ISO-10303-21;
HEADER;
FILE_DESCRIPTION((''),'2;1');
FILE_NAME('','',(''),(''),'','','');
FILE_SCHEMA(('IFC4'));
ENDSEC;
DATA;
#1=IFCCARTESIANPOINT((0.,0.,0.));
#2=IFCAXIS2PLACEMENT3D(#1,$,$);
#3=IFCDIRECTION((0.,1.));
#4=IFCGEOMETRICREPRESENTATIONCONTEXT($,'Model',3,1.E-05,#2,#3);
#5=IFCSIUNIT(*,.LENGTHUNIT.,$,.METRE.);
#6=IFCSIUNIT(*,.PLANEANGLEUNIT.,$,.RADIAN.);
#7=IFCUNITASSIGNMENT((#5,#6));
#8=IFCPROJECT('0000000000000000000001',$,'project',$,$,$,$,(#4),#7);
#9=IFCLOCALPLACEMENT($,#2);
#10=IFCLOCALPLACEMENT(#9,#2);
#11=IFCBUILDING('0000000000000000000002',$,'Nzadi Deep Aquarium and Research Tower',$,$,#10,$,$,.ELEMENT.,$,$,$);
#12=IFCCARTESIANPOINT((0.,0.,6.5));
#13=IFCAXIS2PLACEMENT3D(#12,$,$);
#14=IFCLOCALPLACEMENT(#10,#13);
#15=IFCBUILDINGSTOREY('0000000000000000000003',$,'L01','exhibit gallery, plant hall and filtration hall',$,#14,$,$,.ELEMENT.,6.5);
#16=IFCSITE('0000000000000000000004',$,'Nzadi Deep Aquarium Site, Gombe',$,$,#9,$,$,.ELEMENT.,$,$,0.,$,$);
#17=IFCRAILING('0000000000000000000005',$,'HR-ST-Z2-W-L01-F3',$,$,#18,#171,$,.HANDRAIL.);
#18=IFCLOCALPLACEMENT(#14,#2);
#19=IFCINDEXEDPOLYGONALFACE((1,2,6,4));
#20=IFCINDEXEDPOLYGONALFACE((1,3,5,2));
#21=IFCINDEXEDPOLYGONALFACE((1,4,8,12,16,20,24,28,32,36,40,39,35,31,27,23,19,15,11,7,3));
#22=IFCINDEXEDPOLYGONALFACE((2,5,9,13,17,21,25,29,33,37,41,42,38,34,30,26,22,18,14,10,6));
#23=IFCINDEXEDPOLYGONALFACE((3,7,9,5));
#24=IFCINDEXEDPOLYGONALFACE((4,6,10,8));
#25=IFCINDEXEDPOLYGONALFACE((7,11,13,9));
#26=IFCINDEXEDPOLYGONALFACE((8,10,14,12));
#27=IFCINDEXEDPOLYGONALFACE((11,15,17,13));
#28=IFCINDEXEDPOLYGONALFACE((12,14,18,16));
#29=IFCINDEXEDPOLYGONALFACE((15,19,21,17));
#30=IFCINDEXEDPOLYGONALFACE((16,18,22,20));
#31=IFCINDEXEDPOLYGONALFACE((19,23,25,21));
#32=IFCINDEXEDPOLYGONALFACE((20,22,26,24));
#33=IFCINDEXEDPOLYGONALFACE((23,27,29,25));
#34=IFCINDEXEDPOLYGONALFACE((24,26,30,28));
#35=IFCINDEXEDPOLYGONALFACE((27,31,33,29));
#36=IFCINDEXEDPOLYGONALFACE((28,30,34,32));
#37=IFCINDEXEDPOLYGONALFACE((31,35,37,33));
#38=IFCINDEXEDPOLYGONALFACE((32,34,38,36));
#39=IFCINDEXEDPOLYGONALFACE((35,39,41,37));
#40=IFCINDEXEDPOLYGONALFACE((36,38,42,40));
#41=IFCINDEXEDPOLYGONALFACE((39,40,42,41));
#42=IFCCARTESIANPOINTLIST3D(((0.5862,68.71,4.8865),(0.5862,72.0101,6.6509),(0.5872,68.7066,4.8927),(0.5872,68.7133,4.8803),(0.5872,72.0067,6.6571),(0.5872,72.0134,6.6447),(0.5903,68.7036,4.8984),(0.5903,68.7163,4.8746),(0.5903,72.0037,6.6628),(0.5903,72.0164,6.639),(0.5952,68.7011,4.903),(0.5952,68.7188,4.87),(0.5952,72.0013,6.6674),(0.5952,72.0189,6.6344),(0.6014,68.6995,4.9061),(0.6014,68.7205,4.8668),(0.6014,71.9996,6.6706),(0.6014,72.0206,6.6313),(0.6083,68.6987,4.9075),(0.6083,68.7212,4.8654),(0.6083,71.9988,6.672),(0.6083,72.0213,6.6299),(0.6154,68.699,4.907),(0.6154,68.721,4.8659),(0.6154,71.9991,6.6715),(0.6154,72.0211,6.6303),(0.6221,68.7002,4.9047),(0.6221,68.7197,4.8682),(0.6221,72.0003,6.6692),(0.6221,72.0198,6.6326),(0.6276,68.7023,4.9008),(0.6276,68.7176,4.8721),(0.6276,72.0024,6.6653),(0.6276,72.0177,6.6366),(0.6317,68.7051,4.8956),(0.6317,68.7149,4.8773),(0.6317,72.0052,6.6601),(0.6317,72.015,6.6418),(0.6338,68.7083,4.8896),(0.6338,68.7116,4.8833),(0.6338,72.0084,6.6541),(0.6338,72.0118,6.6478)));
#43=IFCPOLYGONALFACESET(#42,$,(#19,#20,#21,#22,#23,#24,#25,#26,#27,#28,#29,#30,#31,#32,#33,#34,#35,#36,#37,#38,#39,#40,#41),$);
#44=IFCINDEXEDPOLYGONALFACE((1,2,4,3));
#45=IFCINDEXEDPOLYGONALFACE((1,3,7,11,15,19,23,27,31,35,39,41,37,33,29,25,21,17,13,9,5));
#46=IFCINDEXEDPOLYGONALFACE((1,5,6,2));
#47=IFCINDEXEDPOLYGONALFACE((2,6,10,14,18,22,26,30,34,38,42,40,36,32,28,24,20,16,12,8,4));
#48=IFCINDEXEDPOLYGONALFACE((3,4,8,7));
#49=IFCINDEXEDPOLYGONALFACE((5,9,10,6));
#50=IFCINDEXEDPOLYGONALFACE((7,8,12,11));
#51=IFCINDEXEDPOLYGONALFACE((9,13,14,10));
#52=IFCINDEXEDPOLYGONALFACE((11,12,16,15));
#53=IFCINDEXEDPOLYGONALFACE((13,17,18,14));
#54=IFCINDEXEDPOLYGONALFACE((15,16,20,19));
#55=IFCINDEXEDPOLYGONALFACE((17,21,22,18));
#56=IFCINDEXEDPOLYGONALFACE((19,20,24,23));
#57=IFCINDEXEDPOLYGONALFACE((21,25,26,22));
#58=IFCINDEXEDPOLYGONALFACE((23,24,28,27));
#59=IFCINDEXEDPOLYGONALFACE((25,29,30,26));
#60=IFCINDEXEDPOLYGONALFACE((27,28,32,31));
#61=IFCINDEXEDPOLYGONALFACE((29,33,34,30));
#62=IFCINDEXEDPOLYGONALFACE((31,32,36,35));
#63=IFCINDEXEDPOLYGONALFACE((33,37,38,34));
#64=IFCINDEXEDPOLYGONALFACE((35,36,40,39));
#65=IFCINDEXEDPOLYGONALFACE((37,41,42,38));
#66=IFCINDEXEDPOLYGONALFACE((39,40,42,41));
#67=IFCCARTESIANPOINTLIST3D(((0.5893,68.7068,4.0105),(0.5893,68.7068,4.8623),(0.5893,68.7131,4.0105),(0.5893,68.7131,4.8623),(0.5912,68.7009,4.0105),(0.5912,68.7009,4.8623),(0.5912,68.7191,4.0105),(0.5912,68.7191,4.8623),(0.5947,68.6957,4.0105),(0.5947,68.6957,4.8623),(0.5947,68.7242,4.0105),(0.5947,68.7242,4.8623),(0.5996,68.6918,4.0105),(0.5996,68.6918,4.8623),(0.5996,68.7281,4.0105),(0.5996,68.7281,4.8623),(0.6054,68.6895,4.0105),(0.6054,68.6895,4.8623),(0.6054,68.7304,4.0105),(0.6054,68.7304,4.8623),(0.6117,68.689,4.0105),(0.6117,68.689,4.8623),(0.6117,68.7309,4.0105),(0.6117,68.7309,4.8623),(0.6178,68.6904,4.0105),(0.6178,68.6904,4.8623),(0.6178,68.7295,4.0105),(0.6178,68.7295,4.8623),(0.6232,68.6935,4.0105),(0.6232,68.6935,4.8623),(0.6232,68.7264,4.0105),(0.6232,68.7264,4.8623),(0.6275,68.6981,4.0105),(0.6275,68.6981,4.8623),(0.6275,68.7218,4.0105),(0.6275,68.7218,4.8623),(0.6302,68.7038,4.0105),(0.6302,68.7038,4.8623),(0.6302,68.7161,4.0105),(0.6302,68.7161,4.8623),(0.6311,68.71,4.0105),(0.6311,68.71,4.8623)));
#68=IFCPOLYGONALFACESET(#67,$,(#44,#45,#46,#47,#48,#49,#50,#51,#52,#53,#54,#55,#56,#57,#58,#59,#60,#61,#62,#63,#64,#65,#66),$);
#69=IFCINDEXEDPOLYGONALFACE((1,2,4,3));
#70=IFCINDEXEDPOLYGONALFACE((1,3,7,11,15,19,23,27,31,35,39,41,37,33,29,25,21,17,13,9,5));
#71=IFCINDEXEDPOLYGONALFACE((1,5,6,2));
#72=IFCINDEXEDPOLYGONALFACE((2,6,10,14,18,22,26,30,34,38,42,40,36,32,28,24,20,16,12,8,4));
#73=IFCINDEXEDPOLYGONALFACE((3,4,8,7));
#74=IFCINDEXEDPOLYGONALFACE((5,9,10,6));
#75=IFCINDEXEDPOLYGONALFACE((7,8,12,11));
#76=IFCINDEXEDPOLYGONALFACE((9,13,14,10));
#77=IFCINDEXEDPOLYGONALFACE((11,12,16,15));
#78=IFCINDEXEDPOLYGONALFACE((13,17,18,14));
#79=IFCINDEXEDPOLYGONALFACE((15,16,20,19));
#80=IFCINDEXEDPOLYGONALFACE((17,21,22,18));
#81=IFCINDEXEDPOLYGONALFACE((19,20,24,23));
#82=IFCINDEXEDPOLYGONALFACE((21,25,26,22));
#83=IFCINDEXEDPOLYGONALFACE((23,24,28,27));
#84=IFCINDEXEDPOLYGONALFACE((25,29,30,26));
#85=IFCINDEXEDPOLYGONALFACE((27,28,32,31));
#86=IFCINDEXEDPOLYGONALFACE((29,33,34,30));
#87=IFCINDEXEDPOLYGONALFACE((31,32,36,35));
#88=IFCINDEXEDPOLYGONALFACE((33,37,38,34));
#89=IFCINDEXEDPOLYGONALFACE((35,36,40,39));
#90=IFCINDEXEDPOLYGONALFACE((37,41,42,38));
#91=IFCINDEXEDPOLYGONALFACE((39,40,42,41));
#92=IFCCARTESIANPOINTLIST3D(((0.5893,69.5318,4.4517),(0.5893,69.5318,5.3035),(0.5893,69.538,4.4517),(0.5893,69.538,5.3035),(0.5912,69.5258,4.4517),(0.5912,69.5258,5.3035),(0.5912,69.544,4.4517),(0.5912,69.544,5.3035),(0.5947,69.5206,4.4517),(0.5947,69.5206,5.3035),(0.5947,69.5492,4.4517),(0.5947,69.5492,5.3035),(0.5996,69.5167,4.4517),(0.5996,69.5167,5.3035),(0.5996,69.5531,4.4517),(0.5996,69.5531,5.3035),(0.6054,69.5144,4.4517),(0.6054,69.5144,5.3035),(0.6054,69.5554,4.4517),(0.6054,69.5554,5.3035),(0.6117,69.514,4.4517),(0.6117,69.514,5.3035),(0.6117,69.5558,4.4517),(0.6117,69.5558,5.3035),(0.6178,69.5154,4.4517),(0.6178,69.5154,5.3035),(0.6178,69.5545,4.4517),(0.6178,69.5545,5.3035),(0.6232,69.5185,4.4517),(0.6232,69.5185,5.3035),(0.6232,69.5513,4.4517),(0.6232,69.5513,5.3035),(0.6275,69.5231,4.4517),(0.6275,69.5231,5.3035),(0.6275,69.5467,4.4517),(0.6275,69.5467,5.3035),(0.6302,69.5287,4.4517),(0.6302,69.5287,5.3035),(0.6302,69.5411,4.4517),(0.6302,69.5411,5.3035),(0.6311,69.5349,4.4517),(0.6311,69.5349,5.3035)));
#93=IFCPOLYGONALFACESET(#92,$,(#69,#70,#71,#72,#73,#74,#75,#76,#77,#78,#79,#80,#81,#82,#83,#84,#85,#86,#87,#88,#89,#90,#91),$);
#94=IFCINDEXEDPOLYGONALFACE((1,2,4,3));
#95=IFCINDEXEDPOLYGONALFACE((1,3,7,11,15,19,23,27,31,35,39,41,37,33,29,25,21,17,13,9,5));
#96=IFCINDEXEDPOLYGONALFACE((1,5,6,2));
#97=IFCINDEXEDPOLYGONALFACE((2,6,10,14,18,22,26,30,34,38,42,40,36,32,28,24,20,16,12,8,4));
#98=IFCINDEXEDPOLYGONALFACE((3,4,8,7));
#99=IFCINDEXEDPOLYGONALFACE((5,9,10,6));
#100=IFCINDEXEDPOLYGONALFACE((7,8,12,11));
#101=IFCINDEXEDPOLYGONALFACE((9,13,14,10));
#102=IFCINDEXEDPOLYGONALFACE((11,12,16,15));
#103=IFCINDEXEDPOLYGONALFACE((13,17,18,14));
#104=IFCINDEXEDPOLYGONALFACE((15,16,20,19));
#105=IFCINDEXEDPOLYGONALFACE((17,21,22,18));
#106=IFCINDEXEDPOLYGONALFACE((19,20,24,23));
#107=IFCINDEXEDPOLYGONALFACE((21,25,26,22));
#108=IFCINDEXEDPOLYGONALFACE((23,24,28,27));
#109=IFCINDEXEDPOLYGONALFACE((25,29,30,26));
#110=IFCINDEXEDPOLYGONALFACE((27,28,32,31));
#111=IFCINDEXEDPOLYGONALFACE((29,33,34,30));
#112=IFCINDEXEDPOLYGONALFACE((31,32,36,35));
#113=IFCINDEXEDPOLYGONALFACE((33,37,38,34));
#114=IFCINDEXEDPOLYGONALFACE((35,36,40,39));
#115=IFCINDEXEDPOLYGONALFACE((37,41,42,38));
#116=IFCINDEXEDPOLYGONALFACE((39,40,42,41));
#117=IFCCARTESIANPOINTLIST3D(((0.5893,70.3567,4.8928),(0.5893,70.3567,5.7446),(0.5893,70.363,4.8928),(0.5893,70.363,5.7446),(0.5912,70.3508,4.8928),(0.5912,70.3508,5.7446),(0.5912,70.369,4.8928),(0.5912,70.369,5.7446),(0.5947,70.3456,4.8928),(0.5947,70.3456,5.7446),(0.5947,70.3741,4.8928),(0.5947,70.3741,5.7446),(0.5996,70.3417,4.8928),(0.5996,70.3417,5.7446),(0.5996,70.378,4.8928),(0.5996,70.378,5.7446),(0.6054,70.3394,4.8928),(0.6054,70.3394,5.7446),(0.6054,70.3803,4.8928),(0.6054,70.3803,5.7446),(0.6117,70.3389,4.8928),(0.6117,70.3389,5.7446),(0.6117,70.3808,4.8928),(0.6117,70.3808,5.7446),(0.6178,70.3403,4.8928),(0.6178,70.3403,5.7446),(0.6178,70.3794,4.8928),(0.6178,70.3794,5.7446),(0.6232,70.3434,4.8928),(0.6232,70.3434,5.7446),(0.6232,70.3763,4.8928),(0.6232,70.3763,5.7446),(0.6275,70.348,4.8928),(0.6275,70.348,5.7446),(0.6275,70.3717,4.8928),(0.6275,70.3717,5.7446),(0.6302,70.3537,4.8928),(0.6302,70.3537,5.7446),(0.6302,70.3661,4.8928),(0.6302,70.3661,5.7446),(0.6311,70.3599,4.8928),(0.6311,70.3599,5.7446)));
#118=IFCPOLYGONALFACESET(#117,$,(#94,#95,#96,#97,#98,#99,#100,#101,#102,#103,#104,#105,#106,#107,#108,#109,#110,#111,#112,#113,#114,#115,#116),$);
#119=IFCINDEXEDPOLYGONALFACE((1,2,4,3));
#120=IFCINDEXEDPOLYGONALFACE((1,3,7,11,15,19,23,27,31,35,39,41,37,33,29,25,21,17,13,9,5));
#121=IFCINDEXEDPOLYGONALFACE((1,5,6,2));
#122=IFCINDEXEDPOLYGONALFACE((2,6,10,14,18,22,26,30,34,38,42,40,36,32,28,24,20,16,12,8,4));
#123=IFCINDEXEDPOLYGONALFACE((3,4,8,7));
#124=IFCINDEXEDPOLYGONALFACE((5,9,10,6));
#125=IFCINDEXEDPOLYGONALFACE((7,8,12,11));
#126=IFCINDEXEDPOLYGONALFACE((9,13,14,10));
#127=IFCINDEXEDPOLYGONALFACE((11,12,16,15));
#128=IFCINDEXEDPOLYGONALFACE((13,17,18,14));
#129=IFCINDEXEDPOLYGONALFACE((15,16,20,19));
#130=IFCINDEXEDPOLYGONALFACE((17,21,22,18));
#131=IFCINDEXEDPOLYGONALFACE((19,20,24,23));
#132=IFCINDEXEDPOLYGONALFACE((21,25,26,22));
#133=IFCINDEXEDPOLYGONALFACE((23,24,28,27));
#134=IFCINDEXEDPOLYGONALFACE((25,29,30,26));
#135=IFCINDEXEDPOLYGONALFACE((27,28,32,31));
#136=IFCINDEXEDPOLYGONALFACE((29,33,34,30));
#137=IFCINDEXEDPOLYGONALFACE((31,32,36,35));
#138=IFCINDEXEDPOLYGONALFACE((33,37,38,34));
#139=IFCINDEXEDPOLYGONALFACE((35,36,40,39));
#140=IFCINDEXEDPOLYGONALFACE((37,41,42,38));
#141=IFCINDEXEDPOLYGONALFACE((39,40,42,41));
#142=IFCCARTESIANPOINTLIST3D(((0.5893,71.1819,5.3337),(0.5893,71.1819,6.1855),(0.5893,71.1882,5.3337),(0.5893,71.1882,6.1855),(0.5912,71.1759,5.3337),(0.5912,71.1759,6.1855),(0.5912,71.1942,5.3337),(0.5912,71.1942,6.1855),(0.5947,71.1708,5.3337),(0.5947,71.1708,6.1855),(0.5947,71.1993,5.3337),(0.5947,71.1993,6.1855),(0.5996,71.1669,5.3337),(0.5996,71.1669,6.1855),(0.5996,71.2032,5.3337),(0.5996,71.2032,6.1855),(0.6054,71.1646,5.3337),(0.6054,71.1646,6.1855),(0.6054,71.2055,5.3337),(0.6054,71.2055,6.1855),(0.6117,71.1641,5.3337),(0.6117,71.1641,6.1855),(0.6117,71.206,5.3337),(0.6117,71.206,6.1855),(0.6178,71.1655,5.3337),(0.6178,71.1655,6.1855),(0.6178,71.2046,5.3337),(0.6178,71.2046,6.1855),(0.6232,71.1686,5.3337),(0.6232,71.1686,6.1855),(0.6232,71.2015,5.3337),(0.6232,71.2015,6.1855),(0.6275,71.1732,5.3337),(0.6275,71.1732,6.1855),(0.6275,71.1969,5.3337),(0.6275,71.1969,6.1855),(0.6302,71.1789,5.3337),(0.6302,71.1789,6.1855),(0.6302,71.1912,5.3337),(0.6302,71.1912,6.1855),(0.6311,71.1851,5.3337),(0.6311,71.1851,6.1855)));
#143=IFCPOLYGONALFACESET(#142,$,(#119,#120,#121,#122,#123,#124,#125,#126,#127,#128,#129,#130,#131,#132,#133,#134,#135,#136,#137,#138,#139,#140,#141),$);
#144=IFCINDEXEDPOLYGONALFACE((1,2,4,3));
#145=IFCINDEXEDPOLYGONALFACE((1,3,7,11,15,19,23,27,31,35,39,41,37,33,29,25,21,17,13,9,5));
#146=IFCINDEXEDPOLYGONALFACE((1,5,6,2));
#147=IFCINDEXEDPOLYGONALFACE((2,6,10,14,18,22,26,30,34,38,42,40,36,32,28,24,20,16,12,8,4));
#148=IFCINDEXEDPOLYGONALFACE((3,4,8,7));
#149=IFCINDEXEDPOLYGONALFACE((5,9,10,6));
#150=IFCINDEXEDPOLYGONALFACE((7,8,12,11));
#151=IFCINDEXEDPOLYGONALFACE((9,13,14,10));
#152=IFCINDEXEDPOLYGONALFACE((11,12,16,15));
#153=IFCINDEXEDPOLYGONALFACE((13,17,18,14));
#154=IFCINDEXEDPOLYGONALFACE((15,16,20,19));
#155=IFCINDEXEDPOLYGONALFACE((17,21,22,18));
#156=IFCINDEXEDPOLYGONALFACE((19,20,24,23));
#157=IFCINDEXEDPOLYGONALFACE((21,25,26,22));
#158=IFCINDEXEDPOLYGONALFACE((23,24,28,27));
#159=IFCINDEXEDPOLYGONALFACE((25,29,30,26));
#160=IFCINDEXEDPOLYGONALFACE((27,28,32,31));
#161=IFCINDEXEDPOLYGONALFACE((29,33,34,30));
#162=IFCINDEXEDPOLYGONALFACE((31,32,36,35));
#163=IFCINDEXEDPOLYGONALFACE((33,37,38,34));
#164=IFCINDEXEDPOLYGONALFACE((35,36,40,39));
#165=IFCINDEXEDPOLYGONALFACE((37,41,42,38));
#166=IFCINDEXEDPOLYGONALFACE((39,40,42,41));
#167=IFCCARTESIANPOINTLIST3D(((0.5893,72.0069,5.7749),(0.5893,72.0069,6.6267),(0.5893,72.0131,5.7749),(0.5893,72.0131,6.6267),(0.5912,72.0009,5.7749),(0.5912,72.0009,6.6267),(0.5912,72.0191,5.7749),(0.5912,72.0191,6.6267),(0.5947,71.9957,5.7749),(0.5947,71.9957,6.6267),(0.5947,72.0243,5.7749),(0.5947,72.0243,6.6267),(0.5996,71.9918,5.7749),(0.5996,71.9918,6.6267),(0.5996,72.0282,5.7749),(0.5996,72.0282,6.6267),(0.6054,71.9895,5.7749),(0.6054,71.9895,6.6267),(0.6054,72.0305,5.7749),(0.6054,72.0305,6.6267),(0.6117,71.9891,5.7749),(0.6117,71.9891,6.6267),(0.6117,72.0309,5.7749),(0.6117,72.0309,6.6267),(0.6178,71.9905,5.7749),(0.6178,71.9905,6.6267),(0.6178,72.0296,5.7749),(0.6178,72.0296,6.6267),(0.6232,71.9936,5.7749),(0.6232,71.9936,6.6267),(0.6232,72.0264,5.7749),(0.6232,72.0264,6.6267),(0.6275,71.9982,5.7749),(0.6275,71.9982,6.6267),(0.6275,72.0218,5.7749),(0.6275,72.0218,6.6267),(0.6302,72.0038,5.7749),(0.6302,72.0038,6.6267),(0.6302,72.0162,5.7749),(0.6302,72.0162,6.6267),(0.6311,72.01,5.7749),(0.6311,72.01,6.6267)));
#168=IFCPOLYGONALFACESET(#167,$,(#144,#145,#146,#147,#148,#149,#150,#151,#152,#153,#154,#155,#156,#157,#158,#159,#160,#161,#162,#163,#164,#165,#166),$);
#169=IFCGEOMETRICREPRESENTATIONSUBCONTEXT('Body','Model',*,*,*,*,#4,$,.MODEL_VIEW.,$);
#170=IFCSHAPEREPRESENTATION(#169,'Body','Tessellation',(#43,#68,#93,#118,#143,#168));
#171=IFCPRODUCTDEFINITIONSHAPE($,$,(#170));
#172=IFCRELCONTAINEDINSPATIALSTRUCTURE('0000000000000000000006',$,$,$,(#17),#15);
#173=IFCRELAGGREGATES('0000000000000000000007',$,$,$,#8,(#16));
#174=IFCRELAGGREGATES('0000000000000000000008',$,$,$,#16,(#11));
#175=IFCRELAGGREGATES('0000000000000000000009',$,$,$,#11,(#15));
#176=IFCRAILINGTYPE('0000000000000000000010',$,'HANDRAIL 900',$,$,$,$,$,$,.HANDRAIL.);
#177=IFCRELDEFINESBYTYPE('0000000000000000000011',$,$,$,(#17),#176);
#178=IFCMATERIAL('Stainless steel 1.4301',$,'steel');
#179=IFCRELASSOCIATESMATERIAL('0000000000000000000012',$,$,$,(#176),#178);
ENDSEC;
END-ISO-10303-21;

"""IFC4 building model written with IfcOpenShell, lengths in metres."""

from ifc_helpers import new_model, si_unit, direction, frame, origin, origin_2d, place, context, subcontext, project, spatial, circle, extrude, material, type_object, element, save


model = new_model("IFC4")

# Units and contexts
model_context = context("Model", 3, precision=1e-05, world=origin(), true_north=direction((0.0, 1.0)))
body_context = subcontext(model_context, "Body", "Model", "MODEL_VIEW")
ifc_project = project(units=[si_unit("LENGTHUNIT", "METRE"), si_unit("PLANEANGLEUNIT", "RADIAN")], contexts=[model_context])

# Site, building, storey
site_placement = place(None, origin())
site = spatial("IfcSite", under=ifc_project, at=site_placement, Name="Nzadi Deep Aquarium Site, Gombe", CompositionType="ELEMENT", RefElevation=0.0)
building_placement = place(site_placement, origin())
building = spatial("IfcBuilding", under=site, at=building_placement, Name="Nzadi Deep Aquarium and Research Tower", CompositionType="ELEMENT")
storey_placement = place(building_placement, frame((0.0, 0.0, 6.5)))
storey = spatial("IfcBuildingStorey", under=building, at=storey_placement, Name="L01", Description="exhibit gallery, plant hall and filtration hall", CompositionType="ELEMENT", Elevation=6.5)

# Railing
ifc_material_1 = material(Name="Stainless steel 1.4301", Category="steel")
railing_type = type_object("IfcRailingType", Name="HANDRAIL 900", PredefinedType="HANDRAIL", material=ifc_material_1)
for number, where, name in (
    (1, (0.6101, 68.71, 4.0105), "HR-ST-Z2-W-L01-F3"),
):
    element("IfcRailing", number, at=place(storey_placement, frame(where)), inside=storey, type_object=railing_type, Name=name, PredefinedType="HANDRAIL", context=body_context, shape_type="SweptSolid", body=[
        extrude(circle(Radius=0.0239, at=origin_2d()), frame((0.0, 0.0, 0.876), z_axis=(0.0, 0.881867, 0.471499), x_axis=(-1.0, 0.0, 0.0)), (0.0, 0.0, 1.0), 3.7422),
        extrude(circle(Radius=0.021, at=origin_2d()), origin(), (0.0, 0.0, 1.0), 0.8518),
        extrude(circle(Radius=0.021, at=origin_2d()), frame((0.0, 0.825, 0.4412)), (0.0, 0.0, 1.0), 0.8518),
        extrude(circle(Radius=0.021, at=origin_2d()), frame((0.0, 1.6499, 0.8823)), (0.0, 0.0, 1.0), 0.8518),
        extrude(circle(Radius=0.021, at=origin_2d()), frame((0.0, 2.4751, 1.3232)), (0.0, 0.0, 1.0), 0.8518),
        extrude(circle(Radius=0.021, at=origin_2d()), frame((0.0, 3.3, 1.7644)), (0.0, 0.0, 1.0), 0.8518),
    ])

save(model, "model.ifc")
